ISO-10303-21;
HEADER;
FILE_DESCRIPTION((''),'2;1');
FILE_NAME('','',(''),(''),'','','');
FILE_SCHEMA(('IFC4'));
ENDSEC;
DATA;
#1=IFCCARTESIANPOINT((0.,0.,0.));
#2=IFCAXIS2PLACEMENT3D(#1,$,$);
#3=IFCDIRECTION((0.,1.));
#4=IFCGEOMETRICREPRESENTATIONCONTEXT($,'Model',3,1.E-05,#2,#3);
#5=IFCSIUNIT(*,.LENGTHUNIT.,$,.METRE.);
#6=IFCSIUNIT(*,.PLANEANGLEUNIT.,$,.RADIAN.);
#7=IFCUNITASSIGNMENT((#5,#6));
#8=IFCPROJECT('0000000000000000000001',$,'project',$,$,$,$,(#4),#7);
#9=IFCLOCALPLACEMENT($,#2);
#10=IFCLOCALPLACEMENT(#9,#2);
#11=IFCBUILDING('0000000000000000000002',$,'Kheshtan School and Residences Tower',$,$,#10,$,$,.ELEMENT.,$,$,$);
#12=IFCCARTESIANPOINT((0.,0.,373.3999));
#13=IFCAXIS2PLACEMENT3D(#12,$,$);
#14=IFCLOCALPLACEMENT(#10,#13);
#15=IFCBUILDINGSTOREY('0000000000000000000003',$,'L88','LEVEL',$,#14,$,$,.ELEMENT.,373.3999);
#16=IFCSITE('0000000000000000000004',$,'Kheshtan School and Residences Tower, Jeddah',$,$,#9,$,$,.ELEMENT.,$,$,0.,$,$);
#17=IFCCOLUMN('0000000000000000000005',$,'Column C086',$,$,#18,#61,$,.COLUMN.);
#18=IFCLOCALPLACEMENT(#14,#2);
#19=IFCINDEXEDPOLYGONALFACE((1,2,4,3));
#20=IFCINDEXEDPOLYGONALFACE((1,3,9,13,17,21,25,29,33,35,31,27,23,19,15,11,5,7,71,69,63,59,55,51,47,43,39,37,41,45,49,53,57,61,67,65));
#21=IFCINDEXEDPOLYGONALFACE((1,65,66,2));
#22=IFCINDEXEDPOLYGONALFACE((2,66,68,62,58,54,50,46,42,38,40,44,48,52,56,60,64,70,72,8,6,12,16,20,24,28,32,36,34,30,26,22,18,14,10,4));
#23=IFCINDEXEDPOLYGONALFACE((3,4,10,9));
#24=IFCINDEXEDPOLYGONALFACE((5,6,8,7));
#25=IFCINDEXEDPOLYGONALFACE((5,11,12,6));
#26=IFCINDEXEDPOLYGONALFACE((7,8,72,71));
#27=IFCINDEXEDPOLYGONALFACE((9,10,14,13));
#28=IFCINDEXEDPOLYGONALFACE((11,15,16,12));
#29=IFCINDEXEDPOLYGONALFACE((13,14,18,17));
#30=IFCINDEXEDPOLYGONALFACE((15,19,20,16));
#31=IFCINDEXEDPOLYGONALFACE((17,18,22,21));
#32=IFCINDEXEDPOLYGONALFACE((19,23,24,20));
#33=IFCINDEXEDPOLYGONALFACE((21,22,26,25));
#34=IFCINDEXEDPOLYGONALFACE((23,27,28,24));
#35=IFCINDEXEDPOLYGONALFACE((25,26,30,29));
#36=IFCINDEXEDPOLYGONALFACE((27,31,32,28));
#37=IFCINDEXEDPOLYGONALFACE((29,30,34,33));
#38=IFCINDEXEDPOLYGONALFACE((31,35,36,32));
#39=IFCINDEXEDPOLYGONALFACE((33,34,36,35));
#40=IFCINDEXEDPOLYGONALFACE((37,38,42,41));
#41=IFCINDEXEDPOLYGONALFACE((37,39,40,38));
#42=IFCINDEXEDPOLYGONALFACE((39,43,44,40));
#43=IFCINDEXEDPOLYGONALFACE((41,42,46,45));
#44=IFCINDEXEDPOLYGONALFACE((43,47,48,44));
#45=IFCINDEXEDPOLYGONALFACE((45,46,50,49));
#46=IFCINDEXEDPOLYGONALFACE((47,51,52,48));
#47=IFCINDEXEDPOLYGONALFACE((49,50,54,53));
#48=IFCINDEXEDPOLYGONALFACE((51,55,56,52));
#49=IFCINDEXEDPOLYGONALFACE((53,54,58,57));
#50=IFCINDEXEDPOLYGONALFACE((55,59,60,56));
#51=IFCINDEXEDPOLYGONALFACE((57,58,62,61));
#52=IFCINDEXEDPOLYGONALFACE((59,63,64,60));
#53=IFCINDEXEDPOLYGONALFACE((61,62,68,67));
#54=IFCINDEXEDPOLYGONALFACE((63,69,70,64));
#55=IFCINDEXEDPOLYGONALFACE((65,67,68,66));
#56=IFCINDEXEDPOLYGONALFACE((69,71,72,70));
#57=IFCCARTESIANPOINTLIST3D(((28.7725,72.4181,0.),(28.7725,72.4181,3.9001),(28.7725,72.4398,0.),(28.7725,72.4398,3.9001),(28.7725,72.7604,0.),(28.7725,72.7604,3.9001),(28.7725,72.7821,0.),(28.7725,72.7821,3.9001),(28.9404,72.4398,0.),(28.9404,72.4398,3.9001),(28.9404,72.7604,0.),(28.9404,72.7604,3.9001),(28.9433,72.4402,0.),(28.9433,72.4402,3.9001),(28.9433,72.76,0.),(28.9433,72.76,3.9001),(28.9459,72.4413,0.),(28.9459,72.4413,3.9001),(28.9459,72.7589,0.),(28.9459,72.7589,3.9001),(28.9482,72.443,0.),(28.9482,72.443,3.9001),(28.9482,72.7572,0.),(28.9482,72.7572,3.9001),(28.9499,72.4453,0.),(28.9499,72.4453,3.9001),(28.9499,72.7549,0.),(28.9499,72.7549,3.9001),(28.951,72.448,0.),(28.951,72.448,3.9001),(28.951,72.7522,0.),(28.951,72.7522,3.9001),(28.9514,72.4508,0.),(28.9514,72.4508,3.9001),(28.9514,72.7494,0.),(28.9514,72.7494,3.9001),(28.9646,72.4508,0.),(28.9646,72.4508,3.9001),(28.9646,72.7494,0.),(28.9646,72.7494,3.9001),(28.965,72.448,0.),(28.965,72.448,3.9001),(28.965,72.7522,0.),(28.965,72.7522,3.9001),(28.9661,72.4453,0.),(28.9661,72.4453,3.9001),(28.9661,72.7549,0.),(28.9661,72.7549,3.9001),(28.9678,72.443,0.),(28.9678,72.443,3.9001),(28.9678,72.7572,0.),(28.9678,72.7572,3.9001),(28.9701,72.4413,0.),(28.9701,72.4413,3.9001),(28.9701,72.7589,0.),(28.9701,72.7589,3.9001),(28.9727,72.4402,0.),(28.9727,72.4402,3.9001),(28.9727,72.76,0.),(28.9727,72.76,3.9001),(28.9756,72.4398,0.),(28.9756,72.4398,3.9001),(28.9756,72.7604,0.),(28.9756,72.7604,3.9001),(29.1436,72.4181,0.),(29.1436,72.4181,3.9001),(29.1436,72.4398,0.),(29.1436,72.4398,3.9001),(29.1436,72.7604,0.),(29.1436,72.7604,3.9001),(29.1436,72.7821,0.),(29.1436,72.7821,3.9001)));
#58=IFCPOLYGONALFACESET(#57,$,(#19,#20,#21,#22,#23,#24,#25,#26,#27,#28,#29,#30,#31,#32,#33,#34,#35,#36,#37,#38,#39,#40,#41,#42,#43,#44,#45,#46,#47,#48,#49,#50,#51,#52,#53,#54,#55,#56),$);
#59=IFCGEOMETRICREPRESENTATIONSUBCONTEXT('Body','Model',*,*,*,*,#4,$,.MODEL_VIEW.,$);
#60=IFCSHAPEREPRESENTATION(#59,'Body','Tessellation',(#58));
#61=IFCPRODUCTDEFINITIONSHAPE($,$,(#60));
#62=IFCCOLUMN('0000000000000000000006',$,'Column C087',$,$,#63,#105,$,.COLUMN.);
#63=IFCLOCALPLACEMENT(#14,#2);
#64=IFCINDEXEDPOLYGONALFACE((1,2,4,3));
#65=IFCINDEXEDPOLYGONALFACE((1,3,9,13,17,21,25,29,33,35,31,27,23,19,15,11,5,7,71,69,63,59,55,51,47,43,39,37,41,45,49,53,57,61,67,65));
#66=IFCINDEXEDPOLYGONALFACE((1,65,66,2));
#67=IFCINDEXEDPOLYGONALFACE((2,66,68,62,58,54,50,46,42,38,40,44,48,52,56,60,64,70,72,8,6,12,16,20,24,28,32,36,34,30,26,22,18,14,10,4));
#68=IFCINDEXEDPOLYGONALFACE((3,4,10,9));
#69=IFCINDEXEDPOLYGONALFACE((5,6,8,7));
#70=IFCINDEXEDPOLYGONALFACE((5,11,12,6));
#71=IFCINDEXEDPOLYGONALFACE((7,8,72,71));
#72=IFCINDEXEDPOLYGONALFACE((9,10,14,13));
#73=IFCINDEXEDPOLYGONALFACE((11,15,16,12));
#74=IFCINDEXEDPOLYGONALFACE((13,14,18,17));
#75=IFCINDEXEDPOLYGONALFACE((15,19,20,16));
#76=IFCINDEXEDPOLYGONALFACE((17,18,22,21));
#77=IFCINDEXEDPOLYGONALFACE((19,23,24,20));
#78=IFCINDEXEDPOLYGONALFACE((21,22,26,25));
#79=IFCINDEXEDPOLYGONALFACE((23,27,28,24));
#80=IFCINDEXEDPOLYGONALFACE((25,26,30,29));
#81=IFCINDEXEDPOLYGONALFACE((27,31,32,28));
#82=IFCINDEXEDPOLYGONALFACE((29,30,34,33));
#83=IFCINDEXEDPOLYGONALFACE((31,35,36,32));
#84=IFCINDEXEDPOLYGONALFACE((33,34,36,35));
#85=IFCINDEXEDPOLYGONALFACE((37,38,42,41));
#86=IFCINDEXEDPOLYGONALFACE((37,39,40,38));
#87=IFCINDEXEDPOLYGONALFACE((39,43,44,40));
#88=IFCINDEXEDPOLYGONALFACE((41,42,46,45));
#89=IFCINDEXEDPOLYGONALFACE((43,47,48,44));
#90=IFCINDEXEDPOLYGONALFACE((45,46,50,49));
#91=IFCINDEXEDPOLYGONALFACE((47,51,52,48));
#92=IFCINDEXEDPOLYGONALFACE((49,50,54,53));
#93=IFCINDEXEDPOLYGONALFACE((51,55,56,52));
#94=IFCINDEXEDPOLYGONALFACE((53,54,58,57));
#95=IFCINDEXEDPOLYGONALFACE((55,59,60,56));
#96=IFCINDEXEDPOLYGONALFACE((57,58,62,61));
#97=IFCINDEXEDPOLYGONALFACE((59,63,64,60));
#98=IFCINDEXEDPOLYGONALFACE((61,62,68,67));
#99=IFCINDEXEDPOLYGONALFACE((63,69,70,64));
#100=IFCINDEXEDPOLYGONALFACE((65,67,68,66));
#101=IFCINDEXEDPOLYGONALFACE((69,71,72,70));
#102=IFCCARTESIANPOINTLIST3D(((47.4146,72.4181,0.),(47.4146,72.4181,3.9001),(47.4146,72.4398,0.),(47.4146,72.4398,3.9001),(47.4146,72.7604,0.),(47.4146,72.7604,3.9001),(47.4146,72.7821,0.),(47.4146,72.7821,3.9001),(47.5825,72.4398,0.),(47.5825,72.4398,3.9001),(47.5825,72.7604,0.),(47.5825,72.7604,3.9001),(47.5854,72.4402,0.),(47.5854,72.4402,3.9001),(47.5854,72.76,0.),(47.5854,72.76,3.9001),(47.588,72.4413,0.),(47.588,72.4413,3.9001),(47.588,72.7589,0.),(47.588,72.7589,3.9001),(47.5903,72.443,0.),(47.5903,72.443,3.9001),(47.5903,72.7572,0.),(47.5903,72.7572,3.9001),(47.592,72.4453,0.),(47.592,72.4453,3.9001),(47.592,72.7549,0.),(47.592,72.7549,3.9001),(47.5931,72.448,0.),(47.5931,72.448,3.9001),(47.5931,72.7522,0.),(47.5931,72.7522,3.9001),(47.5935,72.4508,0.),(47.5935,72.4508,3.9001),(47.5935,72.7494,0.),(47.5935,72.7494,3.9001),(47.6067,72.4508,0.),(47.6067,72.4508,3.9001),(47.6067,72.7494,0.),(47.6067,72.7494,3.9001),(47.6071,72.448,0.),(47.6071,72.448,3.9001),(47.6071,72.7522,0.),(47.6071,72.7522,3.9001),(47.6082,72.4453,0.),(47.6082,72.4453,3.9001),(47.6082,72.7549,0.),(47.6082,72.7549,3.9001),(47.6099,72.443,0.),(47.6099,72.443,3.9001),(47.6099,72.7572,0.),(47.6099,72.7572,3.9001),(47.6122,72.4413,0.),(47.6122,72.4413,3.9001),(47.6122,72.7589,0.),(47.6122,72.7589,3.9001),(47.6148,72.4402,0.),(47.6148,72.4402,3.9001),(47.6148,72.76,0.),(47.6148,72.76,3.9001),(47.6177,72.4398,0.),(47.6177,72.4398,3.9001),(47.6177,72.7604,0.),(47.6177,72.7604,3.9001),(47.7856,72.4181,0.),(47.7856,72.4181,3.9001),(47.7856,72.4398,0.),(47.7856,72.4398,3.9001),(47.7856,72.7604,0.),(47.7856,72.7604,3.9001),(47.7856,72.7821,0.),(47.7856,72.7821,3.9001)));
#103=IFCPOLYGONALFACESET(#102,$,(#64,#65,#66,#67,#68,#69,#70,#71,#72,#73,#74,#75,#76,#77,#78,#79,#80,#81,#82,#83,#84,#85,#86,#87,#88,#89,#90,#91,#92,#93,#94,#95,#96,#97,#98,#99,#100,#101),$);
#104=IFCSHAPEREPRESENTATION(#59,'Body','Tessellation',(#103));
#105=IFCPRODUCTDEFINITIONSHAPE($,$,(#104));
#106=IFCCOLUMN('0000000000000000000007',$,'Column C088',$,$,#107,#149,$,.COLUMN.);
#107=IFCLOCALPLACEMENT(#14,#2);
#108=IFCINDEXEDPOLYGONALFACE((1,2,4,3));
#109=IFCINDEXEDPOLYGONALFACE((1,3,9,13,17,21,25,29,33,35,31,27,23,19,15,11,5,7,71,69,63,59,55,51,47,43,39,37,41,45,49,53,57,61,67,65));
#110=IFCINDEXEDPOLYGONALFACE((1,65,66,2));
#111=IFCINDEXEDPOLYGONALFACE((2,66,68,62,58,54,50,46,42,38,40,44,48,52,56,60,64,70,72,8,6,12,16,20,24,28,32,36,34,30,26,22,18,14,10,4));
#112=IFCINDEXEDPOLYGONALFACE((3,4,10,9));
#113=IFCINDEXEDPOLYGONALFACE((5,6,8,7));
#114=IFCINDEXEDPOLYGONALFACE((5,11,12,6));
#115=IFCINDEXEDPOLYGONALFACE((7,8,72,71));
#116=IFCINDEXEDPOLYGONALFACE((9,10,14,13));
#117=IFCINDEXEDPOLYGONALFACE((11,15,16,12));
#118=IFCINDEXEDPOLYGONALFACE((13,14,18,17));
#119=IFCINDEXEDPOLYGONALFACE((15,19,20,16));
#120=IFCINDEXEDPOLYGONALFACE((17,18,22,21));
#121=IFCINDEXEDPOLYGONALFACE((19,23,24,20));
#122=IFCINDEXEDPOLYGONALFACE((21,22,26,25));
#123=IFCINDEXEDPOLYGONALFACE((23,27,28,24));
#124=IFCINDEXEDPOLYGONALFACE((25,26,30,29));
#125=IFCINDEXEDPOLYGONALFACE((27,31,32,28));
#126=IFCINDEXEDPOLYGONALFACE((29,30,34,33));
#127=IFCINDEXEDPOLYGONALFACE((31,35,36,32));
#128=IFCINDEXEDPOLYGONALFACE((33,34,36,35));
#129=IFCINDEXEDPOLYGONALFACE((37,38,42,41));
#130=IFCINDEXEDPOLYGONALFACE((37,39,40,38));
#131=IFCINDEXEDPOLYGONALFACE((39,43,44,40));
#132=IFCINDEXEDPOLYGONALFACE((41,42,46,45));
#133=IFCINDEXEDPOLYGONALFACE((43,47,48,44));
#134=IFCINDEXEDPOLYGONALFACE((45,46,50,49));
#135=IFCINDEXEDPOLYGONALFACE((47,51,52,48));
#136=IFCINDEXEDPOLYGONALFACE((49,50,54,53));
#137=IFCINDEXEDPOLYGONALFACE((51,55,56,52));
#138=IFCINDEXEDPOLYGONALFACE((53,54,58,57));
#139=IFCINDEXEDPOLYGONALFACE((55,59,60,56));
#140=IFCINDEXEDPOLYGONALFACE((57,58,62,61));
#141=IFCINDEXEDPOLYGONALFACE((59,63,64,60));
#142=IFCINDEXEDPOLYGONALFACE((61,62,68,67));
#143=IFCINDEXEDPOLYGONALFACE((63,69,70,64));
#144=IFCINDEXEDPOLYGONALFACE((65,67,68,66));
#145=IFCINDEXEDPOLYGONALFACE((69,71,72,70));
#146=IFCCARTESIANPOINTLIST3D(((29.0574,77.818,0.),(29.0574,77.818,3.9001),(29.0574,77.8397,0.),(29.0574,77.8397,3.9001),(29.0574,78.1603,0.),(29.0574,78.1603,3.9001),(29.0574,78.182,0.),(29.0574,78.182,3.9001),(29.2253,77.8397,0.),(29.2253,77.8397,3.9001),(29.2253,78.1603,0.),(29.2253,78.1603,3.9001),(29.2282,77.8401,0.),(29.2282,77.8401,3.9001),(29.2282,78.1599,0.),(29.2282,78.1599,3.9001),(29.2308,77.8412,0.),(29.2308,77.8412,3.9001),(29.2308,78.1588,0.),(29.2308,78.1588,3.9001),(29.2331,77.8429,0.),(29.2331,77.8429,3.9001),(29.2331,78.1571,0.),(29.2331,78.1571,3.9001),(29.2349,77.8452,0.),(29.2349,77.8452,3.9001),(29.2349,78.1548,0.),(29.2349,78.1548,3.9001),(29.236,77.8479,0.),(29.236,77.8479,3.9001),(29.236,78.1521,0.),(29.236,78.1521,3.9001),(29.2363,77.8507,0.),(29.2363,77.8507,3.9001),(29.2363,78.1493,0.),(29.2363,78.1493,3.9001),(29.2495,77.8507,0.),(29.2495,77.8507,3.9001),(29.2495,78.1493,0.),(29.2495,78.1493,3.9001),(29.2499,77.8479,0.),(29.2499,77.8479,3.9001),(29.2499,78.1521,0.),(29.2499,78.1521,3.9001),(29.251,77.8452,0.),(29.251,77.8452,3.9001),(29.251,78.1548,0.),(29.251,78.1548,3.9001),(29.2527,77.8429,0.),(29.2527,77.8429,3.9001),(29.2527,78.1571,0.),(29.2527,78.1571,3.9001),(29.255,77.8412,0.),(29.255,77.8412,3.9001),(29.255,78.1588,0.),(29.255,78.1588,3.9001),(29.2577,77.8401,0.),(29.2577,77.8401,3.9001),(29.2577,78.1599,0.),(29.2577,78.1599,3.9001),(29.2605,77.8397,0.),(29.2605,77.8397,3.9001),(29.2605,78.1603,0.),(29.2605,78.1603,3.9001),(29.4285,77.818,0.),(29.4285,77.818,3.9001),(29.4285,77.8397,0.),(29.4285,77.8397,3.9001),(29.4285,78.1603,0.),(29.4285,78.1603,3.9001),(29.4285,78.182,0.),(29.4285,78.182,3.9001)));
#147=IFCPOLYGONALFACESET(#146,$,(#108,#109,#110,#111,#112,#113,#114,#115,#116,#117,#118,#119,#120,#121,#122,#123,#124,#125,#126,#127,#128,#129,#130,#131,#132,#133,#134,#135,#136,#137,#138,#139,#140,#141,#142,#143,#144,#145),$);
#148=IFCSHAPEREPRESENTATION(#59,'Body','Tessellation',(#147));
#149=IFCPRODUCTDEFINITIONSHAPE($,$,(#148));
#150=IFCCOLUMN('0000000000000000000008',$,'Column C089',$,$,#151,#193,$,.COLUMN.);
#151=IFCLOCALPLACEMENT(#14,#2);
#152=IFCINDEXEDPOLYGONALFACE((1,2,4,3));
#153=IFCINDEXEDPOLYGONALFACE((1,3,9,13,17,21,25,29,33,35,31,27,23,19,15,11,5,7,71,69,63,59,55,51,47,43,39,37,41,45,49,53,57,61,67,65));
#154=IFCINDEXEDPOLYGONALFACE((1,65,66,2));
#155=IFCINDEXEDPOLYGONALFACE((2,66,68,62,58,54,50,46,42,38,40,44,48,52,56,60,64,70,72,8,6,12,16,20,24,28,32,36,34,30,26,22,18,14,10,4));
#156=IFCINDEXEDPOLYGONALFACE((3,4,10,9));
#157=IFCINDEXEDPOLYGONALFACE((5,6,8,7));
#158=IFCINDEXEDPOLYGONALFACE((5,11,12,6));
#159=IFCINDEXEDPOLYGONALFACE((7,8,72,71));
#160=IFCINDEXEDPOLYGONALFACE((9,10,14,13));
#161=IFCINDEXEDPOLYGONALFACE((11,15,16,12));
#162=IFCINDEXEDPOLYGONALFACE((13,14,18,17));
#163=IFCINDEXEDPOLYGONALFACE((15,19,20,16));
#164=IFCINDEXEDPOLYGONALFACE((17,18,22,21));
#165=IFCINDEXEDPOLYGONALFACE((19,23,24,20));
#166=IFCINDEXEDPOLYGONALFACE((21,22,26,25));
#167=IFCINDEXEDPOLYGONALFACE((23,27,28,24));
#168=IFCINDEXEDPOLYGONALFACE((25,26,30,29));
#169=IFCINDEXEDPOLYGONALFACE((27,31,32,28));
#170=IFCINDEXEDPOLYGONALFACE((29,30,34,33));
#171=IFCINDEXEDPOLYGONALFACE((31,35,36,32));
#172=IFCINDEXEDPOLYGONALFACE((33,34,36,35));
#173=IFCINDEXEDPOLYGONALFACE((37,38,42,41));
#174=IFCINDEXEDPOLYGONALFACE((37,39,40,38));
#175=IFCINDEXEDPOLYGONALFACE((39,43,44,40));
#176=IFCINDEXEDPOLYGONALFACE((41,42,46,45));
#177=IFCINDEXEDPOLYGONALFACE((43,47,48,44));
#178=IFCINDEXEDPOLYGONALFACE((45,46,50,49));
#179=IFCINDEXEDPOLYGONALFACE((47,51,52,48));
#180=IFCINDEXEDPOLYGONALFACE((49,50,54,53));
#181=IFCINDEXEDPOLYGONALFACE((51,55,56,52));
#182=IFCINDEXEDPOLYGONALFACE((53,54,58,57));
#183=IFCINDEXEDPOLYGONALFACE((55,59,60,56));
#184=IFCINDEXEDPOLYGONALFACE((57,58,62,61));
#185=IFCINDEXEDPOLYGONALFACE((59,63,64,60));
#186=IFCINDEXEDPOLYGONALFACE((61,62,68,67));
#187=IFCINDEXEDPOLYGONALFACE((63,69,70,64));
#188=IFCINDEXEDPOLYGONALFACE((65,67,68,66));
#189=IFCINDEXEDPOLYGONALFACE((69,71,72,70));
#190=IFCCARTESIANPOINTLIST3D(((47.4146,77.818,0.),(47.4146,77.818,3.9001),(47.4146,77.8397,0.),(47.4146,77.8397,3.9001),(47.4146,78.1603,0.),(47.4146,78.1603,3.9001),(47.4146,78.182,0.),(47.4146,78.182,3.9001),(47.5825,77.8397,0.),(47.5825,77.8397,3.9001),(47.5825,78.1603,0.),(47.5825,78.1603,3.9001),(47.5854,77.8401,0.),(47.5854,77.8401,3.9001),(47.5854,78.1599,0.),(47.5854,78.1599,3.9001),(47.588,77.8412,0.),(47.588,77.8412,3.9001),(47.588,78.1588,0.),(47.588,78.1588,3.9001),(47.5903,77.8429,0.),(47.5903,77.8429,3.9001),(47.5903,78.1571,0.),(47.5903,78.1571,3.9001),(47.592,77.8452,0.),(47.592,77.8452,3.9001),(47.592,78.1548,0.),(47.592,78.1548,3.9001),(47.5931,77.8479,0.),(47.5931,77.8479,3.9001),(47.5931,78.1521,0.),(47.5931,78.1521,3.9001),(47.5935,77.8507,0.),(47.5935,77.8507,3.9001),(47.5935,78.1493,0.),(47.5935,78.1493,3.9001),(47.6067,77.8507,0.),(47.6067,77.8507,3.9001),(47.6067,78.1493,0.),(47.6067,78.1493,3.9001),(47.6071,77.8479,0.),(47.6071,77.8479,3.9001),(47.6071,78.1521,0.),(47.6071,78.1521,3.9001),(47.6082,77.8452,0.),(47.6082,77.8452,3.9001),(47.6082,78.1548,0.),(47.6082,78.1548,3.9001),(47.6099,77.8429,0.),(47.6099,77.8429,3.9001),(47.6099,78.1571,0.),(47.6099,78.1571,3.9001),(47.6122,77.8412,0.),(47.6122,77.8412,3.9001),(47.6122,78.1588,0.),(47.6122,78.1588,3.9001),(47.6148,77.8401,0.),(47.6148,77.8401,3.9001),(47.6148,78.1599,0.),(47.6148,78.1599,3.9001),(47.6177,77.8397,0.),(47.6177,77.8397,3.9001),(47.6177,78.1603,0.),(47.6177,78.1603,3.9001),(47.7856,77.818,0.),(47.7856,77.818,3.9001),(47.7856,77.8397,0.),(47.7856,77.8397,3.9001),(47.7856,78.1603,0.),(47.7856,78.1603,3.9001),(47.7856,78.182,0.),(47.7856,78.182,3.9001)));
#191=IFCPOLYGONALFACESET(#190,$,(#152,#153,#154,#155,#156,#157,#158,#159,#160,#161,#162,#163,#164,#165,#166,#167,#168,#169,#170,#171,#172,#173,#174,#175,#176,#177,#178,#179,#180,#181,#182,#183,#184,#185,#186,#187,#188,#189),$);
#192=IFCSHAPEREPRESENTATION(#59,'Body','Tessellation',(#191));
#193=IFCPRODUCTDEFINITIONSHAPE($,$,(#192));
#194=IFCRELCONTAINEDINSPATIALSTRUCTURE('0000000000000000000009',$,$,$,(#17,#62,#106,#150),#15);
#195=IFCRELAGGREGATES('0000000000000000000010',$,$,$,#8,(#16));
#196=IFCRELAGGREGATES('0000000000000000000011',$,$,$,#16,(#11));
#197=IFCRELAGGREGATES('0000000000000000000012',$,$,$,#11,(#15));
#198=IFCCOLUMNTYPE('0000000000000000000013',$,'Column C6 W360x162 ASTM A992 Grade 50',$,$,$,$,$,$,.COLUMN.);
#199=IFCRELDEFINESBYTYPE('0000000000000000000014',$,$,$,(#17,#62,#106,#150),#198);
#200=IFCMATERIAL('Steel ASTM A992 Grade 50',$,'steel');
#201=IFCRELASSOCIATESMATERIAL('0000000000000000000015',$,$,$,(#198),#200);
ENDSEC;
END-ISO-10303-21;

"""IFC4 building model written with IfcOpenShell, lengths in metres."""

from ifc_helpers import new_model, si_unit, direction, frame, origin, origin_2d, place, context, subcontext, project, spatial, i_section, extrude, material, material_profile, profile_set, type_object, element, save


model = new_model("IFC4")

# Units and contexts
model_context = context("Model", 3, precision=1e-05, world=origin(), true_north=direction((0.0, 1.0)))
body_context = subcontext(model_context, "Body", "Model", "MODEL_VIEW")
ifc_project = project(units=[si_unit("LENGTHUNIT", "METRE"), si_unit("PLANEANGLEUNIT", "RADIAN")], contexts=[model_context])

# Site, building, storey
site_placement = place(None, origin())
site = spatial("IfcSite", under=ifc_project, at=site_placement, Name="Kheshtan School and Residences Tower, Jeddah", CompositionType="ELEMENT", RefElevation=0.0)
building_placement = place(site_placement, origin())
building = spatial("IfcBuilding", under=site, at=building_placement, Name="Kheshtan School and Residences Tower", CompositionType="ELEMENT")
storey_placement = place(building_placement, frame((0.0, 0.0, 373.3999)))
storey = spatial("IfcBuildingStorey", under=building, at=storey_placement, Name="L88", Description="LEVEL", CompositionType="ELEMENT", Elevation=373.3999)

# Columns
ifc_material_1 = material(Name="Steel ASTM A992 Grade 50", Category="steel")
ifc_material_profile_1 = material_profile(ifc_material_1, i_section(OverallWidth=0.3711, OverallDepth=0.364, WebThickness=0.0132, FlangeThickness=0.0217, FilletRadius=0.011, at=origin_2d()), Name="W360x162")
ifc_profile_set_1 = profile_set([ifc_material_profile_1], Name="Steel ASTM A992 Grade 50")
column_type = type_object("IfcColumnType", Name="Column C6 W360x162 ASTM A992 Grade 50", PredefinedType="COLUMN", material=ifc_profile_set_1)
for number, where, z_axis, x_axis, name in (
    (1, (28.958, 72.6001, 0.0), (0.0, 0.0, 1.0), (1.0, 0.0, 0.0), "Column C086"),
    (2, (47.6001, 72.6001, 0.0), (0.0, 0.0, 1.0), (1.0, 0.0, 0.0), "Column C087"),
    (3, (29.2429, 78.0, 0.0), (0.0, 0.0, 1.0), (1.0, 0.0, 0.0), "Column C088"),
    (4, (47.6001, 78.0, 0.0), (0.0, 0.0, 1.0), (1.0, 0.0, 0.0), "Column C089"),
):
    element("IfcColumn", number, at=place(storey_placement, frame(where, z_axis=z_axis, x_axis=x_axis)), inside=storey, type_object=column_type, Name=name, PredefinedType="COLUMN", context=body_context, shape_type="SweptSolid", body=[
        extrude(i_section(OverallWidth=0.3711, OverallDepth=0.364, WebThickness=0.0132, FlangeThickness=0.0217, FilletRadius=0.011, at=origin_2d()), origin(), (0.0, 0.0, 1.0), 3.9001),
    ])

save(model, "model.ifc")
